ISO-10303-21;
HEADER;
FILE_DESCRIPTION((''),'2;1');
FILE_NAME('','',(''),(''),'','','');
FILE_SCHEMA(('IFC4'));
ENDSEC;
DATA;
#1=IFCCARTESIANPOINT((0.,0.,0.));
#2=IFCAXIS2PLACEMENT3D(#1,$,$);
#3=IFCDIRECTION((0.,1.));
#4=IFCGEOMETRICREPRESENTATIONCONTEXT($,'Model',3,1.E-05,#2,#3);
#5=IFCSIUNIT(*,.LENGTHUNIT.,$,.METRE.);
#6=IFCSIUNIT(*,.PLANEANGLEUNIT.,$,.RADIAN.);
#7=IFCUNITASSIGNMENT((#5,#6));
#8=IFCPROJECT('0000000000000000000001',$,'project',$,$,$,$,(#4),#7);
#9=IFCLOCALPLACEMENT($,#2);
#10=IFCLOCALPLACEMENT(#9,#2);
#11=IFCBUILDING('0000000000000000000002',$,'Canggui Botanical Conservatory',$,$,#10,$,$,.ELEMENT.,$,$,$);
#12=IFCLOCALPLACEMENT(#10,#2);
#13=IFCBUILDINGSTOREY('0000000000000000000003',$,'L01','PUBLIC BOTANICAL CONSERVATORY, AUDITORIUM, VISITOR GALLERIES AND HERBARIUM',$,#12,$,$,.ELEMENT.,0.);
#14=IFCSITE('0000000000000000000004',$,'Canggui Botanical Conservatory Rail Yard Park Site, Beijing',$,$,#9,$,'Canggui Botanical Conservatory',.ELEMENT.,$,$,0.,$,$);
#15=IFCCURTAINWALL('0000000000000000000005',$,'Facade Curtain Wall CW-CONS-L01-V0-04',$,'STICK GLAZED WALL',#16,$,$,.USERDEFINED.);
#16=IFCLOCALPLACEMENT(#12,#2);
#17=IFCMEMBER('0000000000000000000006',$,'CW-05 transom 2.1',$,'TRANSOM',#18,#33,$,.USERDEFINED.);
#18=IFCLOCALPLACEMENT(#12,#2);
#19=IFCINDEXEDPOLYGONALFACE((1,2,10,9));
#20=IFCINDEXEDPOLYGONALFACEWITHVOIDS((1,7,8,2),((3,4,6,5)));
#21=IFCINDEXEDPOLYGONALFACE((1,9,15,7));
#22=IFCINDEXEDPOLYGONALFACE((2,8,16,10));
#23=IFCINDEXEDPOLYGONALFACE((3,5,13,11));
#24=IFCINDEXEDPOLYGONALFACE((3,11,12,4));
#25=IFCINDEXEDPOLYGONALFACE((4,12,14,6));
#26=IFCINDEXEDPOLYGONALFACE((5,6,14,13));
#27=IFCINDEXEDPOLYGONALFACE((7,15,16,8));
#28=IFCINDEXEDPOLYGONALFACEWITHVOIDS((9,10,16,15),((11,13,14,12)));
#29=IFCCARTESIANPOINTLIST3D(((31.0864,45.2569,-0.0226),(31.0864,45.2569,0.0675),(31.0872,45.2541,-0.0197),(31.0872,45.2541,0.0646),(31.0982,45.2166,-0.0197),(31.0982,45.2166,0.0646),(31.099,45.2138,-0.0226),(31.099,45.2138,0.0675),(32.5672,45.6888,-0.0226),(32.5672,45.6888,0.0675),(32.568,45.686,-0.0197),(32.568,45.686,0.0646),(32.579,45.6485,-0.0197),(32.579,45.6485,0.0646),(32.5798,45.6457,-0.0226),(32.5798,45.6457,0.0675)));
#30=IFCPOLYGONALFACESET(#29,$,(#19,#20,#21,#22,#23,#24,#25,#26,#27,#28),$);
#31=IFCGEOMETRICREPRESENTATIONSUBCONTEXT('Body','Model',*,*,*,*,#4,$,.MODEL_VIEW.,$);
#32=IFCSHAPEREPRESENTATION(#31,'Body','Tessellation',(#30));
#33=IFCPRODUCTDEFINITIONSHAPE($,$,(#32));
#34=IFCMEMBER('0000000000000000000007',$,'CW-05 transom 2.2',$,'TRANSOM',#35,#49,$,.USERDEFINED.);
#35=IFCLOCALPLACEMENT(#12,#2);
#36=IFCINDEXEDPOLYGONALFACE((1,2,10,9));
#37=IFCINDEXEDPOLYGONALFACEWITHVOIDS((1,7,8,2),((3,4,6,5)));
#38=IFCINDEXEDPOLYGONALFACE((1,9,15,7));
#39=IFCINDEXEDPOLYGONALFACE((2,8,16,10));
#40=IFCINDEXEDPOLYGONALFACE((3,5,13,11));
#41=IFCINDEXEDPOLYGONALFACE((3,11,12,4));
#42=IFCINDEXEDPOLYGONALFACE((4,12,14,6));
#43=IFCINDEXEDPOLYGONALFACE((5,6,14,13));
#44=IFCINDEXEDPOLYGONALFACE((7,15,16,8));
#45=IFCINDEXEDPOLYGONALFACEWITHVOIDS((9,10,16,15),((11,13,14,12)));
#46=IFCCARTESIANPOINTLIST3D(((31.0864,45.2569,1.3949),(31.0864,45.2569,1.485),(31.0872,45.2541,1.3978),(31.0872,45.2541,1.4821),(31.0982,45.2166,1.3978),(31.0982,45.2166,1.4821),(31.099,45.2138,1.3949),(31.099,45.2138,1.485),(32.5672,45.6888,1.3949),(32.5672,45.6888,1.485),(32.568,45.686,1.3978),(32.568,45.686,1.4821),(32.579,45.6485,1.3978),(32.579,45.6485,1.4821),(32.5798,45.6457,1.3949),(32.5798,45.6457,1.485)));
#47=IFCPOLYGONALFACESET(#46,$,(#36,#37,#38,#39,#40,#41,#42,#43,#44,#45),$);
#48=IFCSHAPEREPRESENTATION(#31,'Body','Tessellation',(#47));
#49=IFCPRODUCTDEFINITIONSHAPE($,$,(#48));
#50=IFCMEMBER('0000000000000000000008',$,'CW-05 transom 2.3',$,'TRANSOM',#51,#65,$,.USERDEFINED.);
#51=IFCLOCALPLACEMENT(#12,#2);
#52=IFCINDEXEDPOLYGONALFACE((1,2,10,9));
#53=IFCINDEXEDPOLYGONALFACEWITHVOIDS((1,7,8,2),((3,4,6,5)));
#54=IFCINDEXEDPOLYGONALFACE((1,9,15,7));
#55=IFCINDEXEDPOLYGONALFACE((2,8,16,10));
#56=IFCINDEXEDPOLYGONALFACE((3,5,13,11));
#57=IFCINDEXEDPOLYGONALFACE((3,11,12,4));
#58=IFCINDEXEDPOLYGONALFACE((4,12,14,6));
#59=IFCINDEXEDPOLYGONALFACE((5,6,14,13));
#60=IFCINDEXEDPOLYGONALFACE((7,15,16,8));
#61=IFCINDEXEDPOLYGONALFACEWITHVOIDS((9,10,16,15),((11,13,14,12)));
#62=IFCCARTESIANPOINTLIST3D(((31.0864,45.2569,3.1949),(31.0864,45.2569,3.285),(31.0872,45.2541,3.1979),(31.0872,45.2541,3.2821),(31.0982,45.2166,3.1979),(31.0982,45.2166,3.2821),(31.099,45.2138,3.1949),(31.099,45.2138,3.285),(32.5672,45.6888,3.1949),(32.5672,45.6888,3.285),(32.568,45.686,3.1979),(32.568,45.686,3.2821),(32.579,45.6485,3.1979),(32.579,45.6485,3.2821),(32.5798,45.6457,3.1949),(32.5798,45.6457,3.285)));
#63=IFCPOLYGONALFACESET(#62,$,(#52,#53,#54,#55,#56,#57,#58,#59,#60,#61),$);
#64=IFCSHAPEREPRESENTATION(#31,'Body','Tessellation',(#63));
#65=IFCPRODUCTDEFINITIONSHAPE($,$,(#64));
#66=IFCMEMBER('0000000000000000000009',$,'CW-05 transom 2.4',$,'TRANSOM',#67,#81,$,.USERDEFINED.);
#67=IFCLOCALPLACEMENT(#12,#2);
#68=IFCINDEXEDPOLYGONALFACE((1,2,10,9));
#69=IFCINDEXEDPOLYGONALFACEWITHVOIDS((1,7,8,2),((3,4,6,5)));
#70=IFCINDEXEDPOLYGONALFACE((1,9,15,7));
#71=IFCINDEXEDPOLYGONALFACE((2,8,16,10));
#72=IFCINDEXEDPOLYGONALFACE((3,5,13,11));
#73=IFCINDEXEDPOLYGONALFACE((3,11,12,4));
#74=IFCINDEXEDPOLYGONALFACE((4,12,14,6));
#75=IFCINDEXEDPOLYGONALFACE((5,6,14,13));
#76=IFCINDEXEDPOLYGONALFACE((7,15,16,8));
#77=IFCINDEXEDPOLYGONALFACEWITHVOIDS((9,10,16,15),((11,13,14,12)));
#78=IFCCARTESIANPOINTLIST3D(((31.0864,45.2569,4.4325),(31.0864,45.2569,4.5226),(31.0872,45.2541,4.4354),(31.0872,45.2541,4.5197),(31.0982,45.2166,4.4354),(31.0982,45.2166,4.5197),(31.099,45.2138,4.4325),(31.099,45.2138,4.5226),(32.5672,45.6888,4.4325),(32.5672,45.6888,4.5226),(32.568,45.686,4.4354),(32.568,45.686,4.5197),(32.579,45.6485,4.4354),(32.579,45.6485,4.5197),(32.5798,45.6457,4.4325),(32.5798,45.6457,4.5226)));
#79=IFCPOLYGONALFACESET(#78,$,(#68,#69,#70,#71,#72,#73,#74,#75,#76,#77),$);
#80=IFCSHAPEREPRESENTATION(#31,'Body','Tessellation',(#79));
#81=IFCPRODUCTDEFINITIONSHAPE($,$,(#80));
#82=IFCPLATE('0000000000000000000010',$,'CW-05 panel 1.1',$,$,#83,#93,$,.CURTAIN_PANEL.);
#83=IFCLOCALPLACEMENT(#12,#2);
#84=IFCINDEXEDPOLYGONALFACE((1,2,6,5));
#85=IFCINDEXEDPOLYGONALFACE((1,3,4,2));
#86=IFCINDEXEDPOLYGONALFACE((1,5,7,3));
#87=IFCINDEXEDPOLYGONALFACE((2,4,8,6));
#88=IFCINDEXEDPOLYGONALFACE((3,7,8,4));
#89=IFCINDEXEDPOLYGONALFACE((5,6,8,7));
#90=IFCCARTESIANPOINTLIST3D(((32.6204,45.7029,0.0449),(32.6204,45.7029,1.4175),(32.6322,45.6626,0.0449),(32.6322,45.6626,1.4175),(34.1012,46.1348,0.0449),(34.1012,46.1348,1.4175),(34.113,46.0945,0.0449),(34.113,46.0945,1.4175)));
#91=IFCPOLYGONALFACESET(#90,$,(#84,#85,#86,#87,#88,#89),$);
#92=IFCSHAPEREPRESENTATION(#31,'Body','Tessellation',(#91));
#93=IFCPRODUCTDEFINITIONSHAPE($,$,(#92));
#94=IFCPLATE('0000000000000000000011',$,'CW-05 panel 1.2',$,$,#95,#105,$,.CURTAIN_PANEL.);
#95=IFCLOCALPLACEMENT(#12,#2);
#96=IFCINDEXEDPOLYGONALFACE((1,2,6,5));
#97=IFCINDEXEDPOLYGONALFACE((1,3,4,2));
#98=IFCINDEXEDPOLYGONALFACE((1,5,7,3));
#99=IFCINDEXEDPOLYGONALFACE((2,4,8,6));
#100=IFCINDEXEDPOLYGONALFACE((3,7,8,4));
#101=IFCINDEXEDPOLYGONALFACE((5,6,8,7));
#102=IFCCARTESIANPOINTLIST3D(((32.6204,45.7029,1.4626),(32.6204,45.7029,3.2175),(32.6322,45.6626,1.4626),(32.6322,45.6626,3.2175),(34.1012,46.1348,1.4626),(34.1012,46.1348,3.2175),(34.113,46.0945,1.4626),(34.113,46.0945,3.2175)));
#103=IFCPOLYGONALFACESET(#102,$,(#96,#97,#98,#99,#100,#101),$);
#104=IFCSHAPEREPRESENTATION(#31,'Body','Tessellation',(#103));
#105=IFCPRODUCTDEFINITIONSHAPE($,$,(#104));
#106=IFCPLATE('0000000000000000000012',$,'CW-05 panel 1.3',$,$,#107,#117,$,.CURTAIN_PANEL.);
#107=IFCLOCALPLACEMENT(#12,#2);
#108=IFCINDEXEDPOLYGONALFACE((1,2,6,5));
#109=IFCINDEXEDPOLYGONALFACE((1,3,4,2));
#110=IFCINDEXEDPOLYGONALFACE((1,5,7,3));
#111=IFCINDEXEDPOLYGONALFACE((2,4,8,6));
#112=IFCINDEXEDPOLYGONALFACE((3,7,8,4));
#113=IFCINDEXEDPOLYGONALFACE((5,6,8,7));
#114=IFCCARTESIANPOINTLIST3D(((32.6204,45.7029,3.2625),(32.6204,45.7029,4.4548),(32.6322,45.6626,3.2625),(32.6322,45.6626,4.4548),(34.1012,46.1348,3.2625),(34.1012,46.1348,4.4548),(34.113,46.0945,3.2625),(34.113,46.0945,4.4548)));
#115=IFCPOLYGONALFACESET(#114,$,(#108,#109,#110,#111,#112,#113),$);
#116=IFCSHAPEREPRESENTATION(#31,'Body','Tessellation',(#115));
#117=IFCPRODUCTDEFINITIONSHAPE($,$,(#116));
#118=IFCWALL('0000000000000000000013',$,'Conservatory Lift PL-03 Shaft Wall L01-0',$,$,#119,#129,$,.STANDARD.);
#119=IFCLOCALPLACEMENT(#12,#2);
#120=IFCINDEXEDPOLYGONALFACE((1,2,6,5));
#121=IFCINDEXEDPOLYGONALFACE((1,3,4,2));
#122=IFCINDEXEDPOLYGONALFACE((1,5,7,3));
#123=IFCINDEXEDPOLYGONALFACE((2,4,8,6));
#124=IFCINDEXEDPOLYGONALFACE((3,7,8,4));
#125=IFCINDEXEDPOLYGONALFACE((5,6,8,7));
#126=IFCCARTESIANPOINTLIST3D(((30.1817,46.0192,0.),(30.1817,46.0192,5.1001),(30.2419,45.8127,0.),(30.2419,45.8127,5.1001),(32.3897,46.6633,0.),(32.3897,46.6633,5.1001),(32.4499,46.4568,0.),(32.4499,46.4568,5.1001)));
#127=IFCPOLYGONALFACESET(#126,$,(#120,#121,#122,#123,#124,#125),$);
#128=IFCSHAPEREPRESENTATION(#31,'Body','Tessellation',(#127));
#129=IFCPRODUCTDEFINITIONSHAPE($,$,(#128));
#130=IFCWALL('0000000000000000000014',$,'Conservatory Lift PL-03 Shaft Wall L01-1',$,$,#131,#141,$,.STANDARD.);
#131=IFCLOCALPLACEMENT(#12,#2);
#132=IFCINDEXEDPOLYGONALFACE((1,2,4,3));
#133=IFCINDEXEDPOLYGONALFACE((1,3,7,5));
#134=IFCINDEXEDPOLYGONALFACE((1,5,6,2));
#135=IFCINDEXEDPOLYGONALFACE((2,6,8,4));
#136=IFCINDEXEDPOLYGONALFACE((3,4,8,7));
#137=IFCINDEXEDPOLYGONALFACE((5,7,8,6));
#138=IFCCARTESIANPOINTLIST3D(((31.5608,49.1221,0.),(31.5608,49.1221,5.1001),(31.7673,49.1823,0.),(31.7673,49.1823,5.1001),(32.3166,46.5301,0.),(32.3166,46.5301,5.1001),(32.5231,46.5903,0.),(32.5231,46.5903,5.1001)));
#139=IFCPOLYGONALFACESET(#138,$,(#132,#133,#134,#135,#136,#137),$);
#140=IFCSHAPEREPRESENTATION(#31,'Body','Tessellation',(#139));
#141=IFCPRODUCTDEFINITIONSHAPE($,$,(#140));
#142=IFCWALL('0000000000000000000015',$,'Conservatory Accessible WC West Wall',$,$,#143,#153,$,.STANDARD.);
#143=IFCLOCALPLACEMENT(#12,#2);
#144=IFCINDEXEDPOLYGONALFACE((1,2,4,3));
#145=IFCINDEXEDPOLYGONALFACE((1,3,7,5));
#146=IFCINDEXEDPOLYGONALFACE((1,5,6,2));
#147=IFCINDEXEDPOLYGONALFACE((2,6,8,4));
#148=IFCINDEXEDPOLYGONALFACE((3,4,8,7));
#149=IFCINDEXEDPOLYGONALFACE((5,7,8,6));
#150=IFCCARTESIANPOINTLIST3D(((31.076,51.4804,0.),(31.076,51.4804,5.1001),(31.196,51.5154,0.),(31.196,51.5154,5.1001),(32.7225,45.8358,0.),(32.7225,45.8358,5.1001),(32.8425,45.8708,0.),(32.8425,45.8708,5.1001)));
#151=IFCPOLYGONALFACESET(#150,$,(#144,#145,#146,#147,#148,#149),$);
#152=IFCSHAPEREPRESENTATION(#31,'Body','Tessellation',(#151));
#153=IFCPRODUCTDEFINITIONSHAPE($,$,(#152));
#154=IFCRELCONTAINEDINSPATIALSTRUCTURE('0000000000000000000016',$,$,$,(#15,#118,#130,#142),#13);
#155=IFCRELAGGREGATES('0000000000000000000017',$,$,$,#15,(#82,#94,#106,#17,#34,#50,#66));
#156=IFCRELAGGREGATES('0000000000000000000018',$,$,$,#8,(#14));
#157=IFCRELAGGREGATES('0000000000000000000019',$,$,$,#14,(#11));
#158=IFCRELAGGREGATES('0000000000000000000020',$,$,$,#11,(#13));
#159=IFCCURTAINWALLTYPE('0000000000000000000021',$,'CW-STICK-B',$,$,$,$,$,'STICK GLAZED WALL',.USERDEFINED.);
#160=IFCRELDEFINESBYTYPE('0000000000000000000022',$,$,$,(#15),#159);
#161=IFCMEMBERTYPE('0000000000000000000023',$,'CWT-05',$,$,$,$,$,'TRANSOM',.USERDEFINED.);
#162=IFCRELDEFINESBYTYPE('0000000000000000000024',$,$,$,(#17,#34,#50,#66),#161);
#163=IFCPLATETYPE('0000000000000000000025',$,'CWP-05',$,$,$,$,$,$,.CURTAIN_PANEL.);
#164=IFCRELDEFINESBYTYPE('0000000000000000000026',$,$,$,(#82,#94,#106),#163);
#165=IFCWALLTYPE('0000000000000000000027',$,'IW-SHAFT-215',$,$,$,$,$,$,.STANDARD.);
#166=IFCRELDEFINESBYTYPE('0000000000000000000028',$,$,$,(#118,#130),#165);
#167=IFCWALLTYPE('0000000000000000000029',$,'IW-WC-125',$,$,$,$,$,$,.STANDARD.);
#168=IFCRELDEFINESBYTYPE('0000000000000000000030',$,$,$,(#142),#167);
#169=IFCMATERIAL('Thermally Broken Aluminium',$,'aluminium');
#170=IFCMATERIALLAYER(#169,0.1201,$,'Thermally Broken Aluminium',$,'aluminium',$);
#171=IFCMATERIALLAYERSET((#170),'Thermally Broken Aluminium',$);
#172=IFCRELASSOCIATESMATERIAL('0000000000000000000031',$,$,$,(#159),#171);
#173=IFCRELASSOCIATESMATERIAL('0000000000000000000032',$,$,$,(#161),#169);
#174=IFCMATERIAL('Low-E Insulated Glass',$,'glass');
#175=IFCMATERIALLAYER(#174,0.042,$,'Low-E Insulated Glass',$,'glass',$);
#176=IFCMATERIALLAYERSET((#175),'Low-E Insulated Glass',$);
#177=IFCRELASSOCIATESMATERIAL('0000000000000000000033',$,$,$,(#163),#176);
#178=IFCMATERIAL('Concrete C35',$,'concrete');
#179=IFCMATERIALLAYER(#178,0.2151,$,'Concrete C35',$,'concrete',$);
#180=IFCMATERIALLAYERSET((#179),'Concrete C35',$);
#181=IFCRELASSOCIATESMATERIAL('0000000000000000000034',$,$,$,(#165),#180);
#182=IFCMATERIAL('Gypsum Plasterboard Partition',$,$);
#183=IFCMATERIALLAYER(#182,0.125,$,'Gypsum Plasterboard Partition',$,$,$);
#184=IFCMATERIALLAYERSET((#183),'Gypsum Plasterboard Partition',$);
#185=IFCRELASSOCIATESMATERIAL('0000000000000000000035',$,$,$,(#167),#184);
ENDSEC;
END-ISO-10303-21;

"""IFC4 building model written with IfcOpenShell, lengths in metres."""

from ifc_helpers import new_model, si_unit, direction, frame, frame_2d, origin, origin_2d, place, context, subcontext, project, spatial, rectangle, hollow_rectangle, extrude, material, layer, layer_set, material_profile, profile_set, type_object, element, aggregate, save


model = new_model("IFC4")

# Units and contexts
model_context = context("Model", 3, precision=1e-05, world=origin(), true_north=direction((0.0, 1.0)))
body_context = subcontext(model_context, "Body", "Model", "MODEL_VIEW")
ifc_project = project(units=[si_unit("LENGTHUNIT", "METRE"), si_unit("PLANEANGLEUNIT", "RADIAN")], contexts=[model_context])

# Site, building, storey
site_placement = place(None, origin())
site = spatial("IfcSite", under=ifc_project, at=site_placement, Name="Canggui Botanical Conservatory Rail Yard Park Site, Beijing", LongName="Canggui Botanical Conservatory", CompositionType="ELEMENT", RefElevation=0.0)
building_placement = place(site_placement, origin())
building = spatial("IfcBuilding", under=site, at=building_placement, Name="Canggui Botanical Conservatory", CompositionType="ELEMENT")
storey_placement = place(building_placement, origin())
storey = spatial("IfcBuildingStorey", under=building, at=storey_placement, Name="L01", Description="PUBLIC BOTANICAL CONSERVATORY, AUDITORIUM, VISITOR GALLERIES AND HERBARIUM", CompositionType="ELEMENT", Elevation=0.0)

# Shared definitions
ifc_material_1 = material(Name="Concrete C35", Category="concrete")

# Curtain wall, members, plates
ifc_material_2 = material(Name="Thermally Broken Aluminium", Category="aluminium")
ifc_layer_1 = layer(ifc_material_2, 0.1201, Name="Thermally Broken Aluminium", Category="aluminium")
ifc_layer_set_1 = layer_set([ifc_layer_1], Name="Thermally Broken Aluminium")
curtain_wall_type = type_object("IfcCurtainWallType", Name="CW-STICK-B", ElementType="STICK GLAZED WALL", PredefinedType="USERDEFINED", material=ifc_layer_set_1)
curtain_wall_placement = place(storey_placement, origin())
curtain_wall = element("IfcCurtainWall", 1, at=curtain_wall_placement, inside=storey, type_object=curtain_wall_type, Name="Facade Curtain Wall CW-CONS-L01-V0-04", ObjectType="STICK GLAZED WALL", PredefinedType="USERDEFINED")
ifc_material_profile_1 = material_profile(ifc_material_2, hollow_rectangle(XDim=0.0449, YDim=0.0901, WallThickness=0.0029, at=origin_2d()), Name="CWT 45x90x3")
ifc_profile_set_1 = profile_set([ifc_material_profile_1], Name="Thermally Broken Aluminium")
member_type_1 = type_object("IfcMemberType", Name="CWT-05", ElementType="TRANSOM", PredefinedType="USERDEFINED", material=ifc_profile_set_1)
member_1_placement = place(storey_placement, frame((32.5735, 45.6672, 0.0225), z_axis=(-0.959998, -0.280006, 0.0), x_axis=(0.280006, -0.959998, 0.0)))
member_1 = element("IfcMember", 2, at=member_1_placement, type_object=member_type_1, Name="CW-05 transom 2.1", ObjectType="TRANSOM", PredefinedType="USERDEFINED", context=body_context, shape_type="SweptSolid", body=[
    extrude(hollow_rectangle(XDim=0.0449, YDim=0.0901, WallThickness=0.0029, at=origin_2d()), origin(), (0.0, 0.0, 1.0), 1.5425),
])
member_2_placement = place(storey_placement, frame((32.5735, 45.6672, 1.4399), z_axis=(-0.959998, -0.280006, 0.0), x_axis=(0.280006, -0.959998, 0.0)))
member_2 = element("IfcMember", 3, at=member_2_placement, type_object=member_type_1, Name="CW-05 transom 2.2", ObjectType="TRANSOM", PredefinedType="USERDEFINED", context=body_context, shape_type="SweptSolid", body=[
    extrude(hollow_rectangle(XDim=0.0449, YDim=0.0901, WallThickness=0.0029, at=origin_2d()), origin(), (0.0, 0.0, 1.0), 1.5425),
])
member_3_placement = place(storey_placement, frame((32.5735, 45.6672, 3.24), z_axis=(-0.959998, -0.280006, 0.0), x_axis=(0.280006, -0.959998, 0.0)))
member_3 = element("IfcMember", 4, at=member_3_placement, type_object=member_type_1, Name="CW-05 transom 2.3", ObjectType="TRANSOM", PredefinedType="USERDEFINED", context=body_context, shape_type="SweptSolid", body=[
    extrude(hollow_rectangle(XDim=0.0449, YDim=0.0901, WallThickness=0.0029, at=origin_2d()), origin(), (0.0, 0.0, 1.0), 1.5425),
])
member_4_placement = place(storey_placement, frame((32.5735, 45.6672, 4.4775), z_axis=(-0.959998, -0.280006, 0.0), x_axis=(0.280006, -0.959998, 0.0)))
member_4 = element("IfcMember", 5, at=member_4_placement, type_object=member_type_1, Name="CW-05 transom 2.4", ObjectType="TRANSOM", PredefinedType="USERDEFINED", context=body_context, shape_type="SweptSolid", body=[
    extrude(hollow_rectangle(XDim=0.0449, YDim=0.0901, WallThickness=0.0029, at=origin_2d()), origin(), (0.0, 0.0, 1.0), 1.5425),
])
ifc_material_3 = material(Name="Low-E Insulated Glass", Category="glass")
ifc_layer_2 = layer(ifc_material_3, 0.042, Name="Low-E Insulated Glass", Category="glass")
ifc_layer_set_2 = layer_set([ifc_layer_2], Name="Low-E Insulated Glass")
plate_type = type_object("IfcPlateType", Name="CWP-05", PredefinedType="CURTAIN_PANEL", material=ifc_layer_set_2)
plate_1_placement = place(storey_placement, frame((33.3667, 45.8987, 0.0449), z_axis=(0.0, 0.0, 1.0), x_axis=(-0.96, -0.28, 0.0)))
plate_1 = element("IfcPlate", 6, at=plate_1_placement, type_object=plate_type, Name="CW-05 panel 1.1", PredefinedType="CURTAIN_PANEL", context=body_context, shape_type="SweptSolid", body=[
    extrude(rectangle(XDim=1.5425, YDim=0.042, at=origin_2d()), origin(), (0.0, 0.0, 1.0), 1.3726),
])
plate_2_placement = place(storey_placement, frame((33.3667, 45.8987, 1.4626), z_axis=(0.0, 0.0, 1.0), x_axis=(-0.96, -0.28, 0.0)))
plate_2 = element("IfcPlate", 7, at=plate_2_placement, type_object=plate_type, Name="CW-05 panel 1.2", PredefinedType="CURTAIN_PANEL", context=body_context, shape_type="SweptSolid", body=[
    extrude(rectangle(XDim=1.5425, YDim=0.042, at=origin_2d()), origin(), (0.0, 0.0, 1.0), 1.7549),
])
plate_3_placement = place(storey_placement, frame((33.3667, 45.8987, 3.2625), z_axis=(0.0, 0.0, 1.0), x_axis=(-0.96, -0.28, 0.0)))
plate_3 = element("IfcPlate", 8, at=plate_3_placement, type_object=plate_type, Name="CW-05 panel 1.3", PredefinedType="CURTAIN_PANEL", context=body_context, shape_type="SweptSolid", body=[
    extrude(rectangle(XDim=1.5425, YDim=0.042, at=origin_2d()), origin(), (0.0, 0.0, 1.0), 1.1924),
])
aggregate(curtain_wall, [plate_1, plate_2, plate_3, member_1, member_2, member_3, member_4])

# Walls
ifc_layer_3 = layer(ifc_material_1, 0.2151, Name="Concrete C35", Category="concrete")
ifc_layer_set_3 = layer_set([ifc_layer_3], Name="Concrete C35")
wall_type_1 = type_object("IfcWallType", Name="IW-SHAFT-215", PredefinedType="STANDARD", material=ifc_layer_set_3)
wall_1_placement = place(storey_placement, frame((30.2119, 45.916, 0.0), z_axis=(0.0, 0.0, 1.0), x_axis=(0.959995, 0.280016, 0.0)))
element("IfcWall", 9, at=wall_1_placement, inside=storey, type_object=wall_type_1, Name="Conservatory Lift PL-03 Shaft Wall L01-0", PredefinedType="STANDARD", context=body_context, shape_type="SweptSolid", body=[
    extrude(rectangle(XDim=2.3, YDim=0.2151, at=frame_2d((1.1499, 0.0))), origin(), (0.0, 0.0, 1.0), 5.1001),
])
wall_2_placement = place(storey_placement, frame((32.4199, 46.5601, 0.0), z_axis=(0.0, 0.0, 1.0), x_axis=(-0.279948, 0.960015, 0.0)))
element("IfcWall", 10, at=wall_2_placement, inside=storey, type_object=wall_type_1, Name="Conservatory Lift PL-03 Shaft Wall L01-1", PredefinedType="STANDARD", context=body_context, shape_type="SweptSolid", body=[
    extrude(rectangle(XDim=2.7, YDim=0.2151, at=frame_2d((1.3501, 0.0))), origin(), (0.0, 0.0, 1.0), 5.1001),
])
ifc_material_4 = material(Name="Gypsum Plasterboard Partition")
ifc_layer_4 = layer(ifc_material_4, 0.125, Name="Gypsum Plasterboard Partition")
ifc_layer_set_4 = layer_set([ifc_layer_4], Name="Gypsum Plasterboard Partition")
wall_type_2 = type_object("IfcWallType", Name="IW-WC-125", PredefinedType="STANDARD", material=ifc_layer_set_4)
wall_3_placement = place(storey_placement, frame((32.7825, 45.8533, 0.0), z_axis=(0.0, 0.0, 1.0), x_axis=(-0.280014, 0.959996, 0.0)))
element("IfcWall", 11, at=wall_3_placement, inside=storey, type_object=wall_type_2, Name="Conservatory Accessible WC West Wall", PredefinedType="STANDARD", context=body_context, shape_type="SweptSolid", body=[
    extrude(rectangle(XDim=5.8799, YDim=0.125, at=frame_2d((2.9399, 0.0))), origin(), (0.0, 0.0, 1.0), 5.1001),
])

save(model, "model.ifc")
